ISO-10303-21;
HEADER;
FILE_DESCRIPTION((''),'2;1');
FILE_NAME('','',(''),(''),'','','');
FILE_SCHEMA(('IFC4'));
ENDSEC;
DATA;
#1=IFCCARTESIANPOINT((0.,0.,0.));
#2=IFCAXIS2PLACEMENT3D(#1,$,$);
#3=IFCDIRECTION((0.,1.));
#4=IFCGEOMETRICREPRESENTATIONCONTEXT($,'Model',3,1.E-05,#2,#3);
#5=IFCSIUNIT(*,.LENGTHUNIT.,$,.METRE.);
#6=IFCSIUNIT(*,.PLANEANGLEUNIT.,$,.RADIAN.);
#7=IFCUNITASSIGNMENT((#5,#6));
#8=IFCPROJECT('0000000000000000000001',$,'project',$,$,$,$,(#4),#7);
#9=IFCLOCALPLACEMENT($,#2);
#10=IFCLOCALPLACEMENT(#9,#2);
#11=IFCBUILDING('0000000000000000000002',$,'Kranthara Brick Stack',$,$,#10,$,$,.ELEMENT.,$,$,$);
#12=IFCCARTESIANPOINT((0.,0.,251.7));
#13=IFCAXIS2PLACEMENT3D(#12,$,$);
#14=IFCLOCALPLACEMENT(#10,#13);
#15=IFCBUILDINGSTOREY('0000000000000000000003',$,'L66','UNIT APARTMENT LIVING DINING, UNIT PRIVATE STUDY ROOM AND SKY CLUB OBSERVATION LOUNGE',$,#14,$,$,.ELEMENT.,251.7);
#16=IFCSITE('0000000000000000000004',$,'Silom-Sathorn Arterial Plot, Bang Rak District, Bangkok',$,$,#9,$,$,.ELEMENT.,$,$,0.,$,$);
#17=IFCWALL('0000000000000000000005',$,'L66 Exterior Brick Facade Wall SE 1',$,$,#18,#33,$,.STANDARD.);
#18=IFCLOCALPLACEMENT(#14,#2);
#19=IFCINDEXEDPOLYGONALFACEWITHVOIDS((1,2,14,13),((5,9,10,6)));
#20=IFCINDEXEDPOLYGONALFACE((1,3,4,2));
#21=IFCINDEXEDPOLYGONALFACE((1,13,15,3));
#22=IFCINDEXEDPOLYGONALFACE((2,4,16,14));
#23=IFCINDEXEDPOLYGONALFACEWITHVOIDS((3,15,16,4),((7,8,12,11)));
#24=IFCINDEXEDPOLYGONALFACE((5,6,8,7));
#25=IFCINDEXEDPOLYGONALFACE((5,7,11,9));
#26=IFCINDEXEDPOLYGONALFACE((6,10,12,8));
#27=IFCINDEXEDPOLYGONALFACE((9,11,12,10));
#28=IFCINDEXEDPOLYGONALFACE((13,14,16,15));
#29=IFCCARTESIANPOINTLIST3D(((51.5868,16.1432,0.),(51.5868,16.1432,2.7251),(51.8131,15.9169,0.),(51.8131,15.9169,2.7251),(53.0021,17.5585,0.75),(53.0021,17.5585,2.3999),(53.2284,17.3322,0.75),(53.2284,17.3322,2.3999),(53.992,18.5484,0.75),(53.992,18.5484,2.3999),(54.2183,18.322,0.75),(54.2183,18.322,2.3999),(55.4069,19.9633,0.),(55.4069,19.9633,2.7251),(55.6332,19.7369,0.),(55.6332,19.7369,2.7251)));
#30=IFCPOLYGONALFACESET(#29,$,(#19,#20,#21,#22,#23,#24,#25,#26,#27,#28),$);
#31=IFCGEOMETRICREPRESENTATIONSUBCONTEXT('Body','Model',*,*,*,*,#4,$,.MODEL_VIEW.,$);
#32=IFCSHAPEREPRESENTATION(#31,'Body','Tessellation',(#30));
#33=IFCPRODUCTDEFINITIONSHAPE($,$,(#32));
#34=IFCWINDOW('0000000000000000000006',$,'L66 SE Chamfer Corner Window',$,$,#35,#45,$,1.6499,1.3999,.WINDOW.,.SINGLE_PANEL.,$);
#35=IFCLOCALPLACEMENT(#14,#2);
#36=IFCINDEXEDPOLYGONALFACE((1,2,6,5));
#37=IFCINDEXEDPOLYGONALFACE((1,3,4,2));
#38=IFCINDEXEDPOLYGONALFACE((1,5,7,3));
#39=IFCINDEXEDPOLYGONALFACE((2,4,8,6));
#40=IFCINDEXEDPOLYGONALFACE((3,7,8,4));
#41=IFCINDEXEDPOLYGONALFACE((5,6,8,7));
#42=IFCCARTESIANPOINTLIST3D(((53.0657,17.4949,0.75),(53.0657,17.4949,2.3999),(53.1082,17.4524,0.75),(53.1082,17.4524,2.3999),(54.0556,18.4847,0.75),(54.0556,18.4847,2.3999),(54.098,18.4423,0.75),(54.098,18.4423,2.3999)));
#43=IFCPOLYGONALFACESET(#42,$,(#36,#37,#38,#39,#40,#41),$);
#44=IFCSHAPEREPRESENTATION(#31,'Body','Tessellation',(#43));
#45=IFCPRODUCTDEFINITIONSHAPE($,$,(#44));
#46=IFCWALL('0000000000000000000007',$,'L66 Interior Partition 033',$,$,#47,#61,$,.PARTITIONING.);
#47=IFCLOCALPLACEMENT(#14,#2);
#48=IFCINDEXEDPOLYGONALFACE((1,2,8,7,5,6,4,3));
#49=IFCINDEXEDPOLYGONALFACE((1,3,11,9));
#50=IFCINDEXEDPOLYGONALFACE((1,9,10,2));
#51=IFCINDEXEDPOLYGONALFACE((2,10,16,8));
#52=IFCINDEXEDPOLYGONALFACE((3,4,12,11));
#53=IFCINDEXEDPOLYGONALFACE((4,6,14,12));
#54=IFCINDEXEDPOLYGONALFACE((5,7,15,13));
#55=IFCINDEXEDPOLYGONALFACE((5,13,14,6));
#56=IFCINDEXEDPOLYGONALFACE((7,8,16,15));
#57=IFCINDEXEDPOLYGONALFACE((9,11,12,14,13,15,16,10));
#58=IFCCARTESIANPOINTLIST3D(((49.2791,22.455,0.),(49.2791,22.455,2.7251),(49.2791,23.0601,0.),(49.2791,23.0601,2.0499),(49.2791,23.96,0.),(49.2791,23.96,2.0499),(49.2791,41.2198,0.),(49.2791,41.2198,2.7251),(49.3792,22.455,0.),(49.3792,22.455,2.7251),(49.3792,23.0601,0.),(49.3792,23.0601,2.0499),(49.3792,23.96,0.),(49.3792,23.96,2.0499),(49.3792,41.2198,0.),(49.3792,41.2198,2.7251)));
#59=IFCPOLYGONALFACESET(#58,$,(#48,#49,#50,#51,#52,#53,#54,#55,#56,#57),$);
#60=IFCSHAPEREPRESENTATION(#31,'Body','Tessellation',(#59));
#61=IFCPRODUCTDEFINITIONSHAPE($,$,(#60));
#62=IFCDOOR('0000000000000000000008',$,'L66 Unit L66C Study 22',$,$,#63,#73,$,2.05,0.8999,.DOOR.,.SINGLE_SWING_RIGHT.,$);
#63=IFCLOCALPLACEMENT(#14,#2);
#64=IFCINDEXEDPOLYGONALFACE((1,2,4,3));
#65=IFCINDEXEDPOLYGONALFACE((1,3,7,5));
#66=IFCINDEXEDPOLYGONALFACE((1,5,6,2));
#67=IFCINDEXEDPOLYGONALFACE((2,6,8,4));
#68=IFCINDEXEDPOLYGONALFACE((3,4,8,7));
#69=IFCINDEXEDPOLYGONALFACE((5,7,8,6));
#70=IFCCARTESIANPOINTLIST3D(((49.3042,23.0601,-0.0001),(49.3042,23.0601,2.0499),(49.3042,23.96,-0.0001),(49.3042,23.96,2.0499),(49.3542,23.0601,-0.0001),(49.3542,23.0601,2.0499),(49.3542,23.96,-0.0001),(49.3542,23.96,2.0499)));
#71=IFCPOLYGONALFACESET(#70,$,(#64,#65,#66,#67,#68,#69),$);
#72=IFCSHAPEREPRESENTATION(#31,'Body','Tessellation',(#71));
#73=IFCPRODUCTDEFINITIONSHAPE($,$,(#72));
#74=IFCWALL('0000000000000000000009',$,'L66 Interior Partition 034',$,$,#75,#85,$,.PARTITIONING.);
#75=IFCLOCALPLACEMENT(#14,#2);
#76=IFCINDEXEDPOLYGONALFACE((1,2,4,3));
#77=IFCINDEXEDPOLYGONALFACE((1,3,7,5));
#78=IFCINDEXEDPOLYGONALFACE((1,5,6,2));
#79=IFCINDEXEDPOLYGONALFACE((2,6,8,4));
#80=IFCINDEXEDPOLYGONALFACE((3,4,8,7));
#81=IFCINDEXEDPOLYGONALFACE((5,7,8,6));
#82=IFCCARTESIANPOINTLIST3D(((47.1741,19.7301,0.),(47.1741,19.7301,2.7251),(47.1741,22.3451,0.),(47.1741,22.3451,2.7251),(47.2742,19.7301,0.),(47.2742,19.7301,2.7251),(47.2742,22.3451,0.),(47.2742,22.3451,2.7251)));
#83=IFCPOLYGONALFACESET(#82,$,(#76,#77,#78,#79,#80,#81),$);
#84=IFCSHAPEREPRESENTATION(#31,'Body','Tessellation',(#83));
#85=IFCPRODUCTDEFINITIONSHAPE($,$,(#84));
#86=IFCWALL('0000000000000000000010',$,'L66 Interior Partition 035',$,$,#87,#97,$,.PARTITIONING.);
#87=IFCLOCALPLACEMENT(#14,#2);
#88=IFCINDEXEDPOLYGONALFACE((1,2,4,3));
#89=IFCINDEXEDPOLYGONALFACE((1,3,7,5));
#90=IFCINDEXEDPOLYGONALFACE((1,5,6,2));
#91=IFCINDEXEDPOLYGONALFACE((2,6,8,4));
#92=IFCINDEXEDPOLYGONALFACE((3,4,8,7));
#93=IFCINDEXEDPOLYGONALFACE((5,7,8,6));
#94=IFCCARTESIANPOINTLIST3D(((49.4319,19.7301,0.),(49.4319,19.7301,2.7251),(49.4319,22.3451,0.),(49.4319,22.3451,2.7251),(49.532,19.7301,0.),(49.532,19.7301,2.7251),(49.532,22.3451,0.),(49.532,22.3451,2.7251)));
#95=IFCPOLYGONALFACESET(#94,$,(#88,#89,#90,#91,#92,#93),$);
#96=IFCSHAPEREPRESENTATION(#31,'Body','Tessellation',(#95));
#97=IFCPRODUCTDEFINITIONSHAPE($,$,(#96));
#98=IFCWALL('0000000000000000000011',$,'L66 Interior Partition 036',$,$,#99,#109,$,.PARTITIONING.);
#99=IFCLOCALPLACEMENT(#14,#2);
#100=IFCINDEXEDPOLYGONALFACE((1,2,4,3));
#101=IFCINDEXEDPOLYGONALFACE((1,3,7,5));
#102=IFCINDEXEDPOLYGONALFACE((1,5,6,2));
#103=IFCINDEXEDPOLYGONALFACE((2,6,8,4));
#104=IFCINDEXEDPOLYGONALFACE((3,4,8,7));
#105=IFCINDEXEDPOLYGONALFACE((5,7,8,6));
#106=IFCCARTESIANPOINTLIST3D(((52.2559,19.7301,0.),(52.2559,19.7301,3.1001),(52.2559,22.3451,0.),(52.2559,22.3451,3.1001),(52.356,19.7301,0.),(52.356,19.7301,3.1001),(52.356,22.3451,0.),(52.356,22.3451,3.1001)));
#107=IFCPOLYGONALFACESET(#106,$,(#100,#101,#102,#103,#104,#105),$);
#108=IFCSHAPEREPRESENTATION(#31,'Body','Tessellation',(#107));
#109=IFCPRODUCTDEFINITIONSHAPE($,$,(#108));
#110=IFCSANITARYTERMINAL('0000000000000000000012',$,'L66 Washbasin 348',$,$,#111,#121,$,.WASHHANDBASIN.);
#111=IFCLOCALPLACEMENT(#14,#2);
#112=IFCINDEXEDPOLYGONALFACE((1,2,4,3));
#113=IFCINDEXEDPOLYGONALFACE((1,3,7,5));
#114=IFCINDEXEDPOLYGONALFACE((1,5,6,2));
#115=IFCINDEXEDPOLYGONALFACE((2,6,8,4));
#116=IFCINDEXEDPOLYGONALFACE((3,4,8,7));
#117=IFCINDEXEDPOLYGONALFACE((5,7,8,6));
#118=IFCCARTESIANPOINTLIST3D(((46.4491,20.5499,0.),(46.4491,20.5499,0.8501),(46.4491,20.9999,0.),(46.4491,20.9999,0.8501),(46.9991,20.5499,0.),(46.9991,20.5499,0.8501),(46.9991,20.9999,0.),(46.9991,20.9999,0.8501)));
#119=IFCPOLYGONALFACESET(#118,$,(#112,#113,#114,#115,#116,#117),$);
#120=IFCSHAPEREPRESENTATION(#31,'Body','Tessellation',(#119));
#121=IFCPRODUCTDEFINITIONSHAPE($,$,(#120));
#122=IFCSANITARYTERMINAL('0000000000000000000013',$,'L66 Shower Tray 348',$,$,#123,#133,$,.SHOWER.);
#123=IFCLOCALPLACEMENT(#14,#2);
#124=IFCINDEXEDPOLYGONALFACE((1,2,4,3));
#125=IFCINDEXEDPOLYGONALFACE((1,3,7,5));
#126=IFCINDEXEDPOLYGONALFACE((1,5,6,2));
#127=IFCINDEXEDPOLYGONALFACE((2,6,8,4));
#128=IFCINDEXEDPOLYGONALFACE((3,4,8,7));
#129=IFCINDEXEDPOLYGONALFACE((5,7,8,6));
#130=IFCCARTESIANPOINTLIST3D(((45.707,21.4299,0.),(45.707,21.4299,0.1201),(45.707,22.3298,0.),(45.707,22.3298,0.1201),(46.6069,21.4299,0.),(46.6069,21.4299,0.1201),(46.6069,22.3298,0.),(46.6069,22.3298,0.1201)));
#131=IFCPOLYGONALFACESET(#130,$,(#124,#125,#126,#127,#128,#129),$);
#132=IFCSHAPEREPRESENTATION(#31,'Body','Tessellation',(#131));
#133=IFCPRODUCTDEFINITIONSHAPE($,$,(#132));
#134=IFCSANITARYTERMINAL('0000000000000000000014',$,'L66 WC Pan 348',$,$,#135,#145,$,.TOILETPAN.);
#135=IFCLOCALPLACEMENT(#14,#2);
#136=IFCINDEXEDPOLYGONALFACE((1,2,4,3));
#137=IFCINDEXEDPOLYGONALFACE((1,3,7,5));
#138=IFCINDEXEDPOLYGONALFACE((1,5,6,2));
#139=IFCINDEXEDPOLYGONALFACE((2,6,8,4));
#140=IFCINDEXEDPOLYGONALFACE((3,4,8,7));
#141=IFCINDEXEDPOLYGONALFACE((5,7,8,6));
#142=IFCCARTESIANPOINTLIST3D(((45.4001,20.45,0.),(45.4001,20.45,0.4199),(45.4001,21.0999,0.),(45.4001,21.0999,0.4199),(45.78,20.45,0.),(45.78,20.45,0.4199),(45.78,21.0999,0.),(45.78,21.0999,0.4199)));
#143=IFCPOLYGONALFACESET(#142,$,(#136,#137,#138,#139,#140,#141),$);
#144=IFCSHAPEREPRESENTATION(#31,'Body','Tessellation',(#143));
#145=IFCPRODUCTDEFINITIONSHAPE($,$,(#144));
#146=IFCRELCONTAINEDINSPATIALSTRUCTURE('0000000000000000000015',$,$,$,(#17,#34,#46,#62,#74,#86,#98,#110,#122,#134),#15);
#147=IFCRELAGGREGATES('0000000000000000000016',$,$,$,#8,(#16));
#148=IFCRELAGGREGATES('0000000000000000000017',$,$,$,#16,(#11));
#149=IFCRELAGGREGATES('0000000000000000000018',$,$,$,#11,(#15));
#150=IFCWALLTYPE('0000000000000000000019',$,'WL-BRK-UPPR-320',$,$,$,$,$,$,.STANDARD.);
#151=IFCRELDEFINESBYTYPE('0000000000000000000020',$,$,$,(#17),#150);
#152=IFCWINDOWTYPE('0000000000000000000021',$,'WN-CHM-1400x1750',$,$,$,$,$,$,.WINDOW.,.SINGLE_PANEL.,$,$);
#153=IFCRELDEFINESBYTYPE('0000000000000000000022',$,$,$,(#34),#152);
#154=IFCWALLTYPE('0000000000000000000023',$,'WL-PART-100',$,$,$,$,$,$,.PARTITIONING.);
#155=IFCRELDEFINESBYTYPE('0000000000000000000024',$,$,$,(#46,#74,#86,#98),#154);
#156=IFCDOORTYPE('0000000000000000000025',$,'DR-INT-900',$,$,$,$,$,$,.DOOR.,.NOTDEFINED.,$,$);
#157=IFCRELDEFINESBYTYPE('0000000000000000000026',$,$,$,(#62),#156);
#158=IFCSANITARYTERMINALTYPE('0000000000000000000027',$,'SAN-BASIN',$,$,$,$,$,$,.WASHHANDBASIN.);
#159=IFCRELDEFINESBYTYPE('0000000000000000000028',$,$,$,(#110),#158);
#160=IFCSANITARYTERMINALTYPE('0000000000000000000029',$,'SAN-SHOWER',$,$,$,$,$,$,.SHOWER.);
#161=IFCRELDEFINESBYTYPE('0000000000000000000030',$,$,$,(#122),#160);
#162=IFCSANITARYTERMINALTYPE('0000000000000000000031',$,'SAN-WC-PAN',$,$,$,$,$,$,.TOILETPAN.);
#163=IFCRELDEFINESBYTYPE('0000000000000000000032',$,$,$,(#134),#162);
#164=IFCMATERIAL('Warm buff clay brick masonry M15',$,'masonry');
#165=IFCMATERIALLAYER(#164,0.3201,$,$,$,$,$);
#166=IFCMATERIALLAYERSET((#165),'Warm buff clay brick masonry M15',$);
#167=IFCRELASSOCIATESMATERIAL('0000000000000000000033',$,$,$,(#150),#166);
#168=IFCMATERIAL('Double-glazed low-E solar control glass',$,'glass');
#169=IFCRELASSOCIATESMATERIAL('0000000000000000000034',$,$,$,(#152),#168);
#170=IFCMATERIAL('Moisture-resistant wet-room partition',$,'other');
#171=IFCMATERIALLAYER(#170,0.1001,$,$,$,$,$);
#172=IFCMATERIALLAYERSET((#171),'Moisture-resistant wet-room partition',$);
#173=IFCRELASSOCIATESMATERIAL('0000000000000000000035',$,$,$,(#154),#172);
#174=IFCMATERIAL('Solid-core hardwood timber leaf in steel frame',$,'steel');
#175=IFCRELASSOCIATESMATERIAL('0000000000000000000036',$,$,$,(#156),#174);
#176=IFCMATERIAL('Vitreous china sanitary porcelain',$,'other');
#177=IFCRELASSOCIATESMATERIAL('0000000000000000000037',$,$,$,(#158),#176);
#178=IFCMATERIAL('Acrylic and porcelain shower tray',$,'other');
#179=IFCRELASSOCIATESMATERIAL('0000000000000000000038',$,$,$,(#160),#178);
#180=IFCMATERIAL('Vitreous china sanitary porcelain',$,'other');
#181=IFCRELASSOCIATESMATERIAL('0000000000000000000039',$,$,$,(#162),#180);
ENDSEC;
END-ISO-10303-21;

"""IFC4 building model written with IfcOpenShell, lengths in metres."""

from ifc_helpers import new_model, si_unit, direction, frame, frame_2d, origin, origin_2d, place, context, subcontext, project, spatial, rectangle, extrude, material, layer, layer_set, type_object, element, fill, save


model = new_model("IFC4")

# Units and contexts
model_context = context("Model", 3, precision=1e-05, world=origin(), true_north=direction((0.0, 1.0)))
body_context = subcontext(model_context, "Body", "Model", "MODEL_VIEW")
ifc_project = project(units=[si_unit("LENGTHUNIT", "METRE"), si_unit("PLANEANGLEUNIT", "RADIAN")], contexts=[model_context])

# Site, building, storey
site_placement = place(None, origin())
site = spatial("IfcSite", under=ifc_project, at=site_placement, Name="Silom-Sathorn Arterial Plot, Bang Rak District, Bangkok", CompositionType="ELEMENT", RefElevation=0.0)
building_placement = place(site_placement, origin())
building = spatial("IfcBuilding", under=site, at=building_placement, Name="Kranthara Brick Stack", CompositionType="ELEMENT")
storey_placement = place(building_placement, frame((0.0, 0.0, 251.7)))
storey = spatial("IfcBuildingStorey", under=building, at=storey_placement, Name="L66", Description="UNIT APARTMENT LIVING DINING, UNIT PRIVATE STUDY ROOM AND SKY CLUB OBSERVATION LOUNGE", CompositionType="ELEMENT", Elevation=251.7)

# Shared definitions
ifc_material_1 = material(Name="Warm buff clay brick masonry M15", Category="masonry")
ifc_layer_1 = layer(ifc_material_1, 0.3201)
ifc_layer_set_1 = layer_set([ifc_layer_1], Name="Warm buff clay brick masonry M15")
wall_type_1 = type_object("IfcWallType", Name="WL-BRK-UPPR-320", PredefinedType="STANDARD", material=ifc_layer_set_1)

# Wall, opening, window
wall_1_placement = place(storey_placement, frame((55.52, 19.8501, 0.0), z_axis=(0.0, 0.0, 1.0), x_axis=(-0.707107, -0.707107, 0.0)))
wall_1 = element("IfcWall", 1, at=wall_1_placement, inside=storey, type_object=wall_type_1, Name="L66 Exterior Brick Facade Wall SE 1", PredefinedType="STANDARD", context=body_context, shape_type="SweptSolid", body=[
    extrude(rectangle(XDim=5.4023, YDim=0.3201, at=frame_2d((2.7012, 0.0))), origin(), (0.0, 0.0, 1.0), 2.7251),
])
opening_1_placement = place(wall_1_placement, frame((2.001, 0.0, 0.75)))
opening_1 = element("IfcOpeningElement", 2, at=opening_1_placement, cuts=wall_1, PredefinedType="OPENING", context=body_context, shape_type="SweptSolid", body=[
    extrude(rectangle(XDim=1.3999, YDim=1.6499, at=frame_2d((0.7, 0.825))), frame((0.0, 0.1699, 0.0), z_axis=(0.0, -1.0, 0.0), x_axis=(1.0, 0.0, 0.0)), (0.0, 0.0, 1.0), 0.3401),
])
ifc_material_2 = material(Name="Double-glazed low-E solar control glass", Category="glass")
window_type_1 = type_object("IfcWindowType", Name="WN-CHM-1400x1750", PartitioningType="SINGLE_PANEL", PredefinedType="WINDOW", material=ifc_material_2)
window_1_placement = place(opening_1_placement, origin())
window_1 = element("IfcWindow", 3, at=window_1_placement, inside=storey, type_object=window_type_1, Name="L66 SE Chamfer Corner Window", OverallHeight=1.6499, OverallWidth=1.3999, PartitioningType="SINGLE_PANEL", PredefinedType="WINDOW", context=body_context, shape_type="SweptSolid", body=[
    extrude(rectangle(XDim=1.3999, YDim=1.6499, at=frame_2d((0.7, 0.825))), frame((0.0, -0.01, 0.0), z_axis=(0.0, -1.0, 0.0), x_axis=(1.0, 0.0, 0.0)), (0.0, 0.0, 1.0), 0.0601),
])
fill(opening_1, window_1)

# Wall, opening, door
ifc_material_3 = material(Name="Moisture-resistant wet-room partition", Category="other")
ifc_layer_2 = layer(ifc_material_3, 0.1001)
ifc_layer_set_2 = layer_set([ifc_layer_2], Name="Moisture-resistant wet-room partition")
wall_type_2 = type_object("IfcWallType", Name="WL-PART-100", PredefinedType="PARTITIONING", material=ifc_layer_set_2)
wall_2_placement = place(storey_placement, frame((49.3291, 22.4551, 0.0), z_axis=(0.0, 0.0, 1.0), x_axis=(0.0, 1.0, 0.0)))
wall_2 = element("IfcWall", 4, at=wall_2_placement, inside=storey, type_object=wall_type_2, Name="L66 Interior Partition 033", PredefinedType="PARTITIONING", context=body_context, shape_type="SweptSolid", body=[
    extrude(rectangle(XDim=18.7649, YDim=0.1001, at=frame_2d((9.3823, 0.0))), origin(), (0.0, 0.0, 1.0), 2.7251),
])
opening_2_placement = place(wall_2_placement, frame((0.605, 0.0, 0.0)))
opening_2 = element("IfcOpeningElement", 5, at=opening_2_placement, cuts=wall_2, PredefinedType="OPENING", context=body_context, shape_type="SweptSolid", body=[
    extrude(rectangle(XDim=0.8999, YDim=2.05, at=frame_2d((0.45, 1.0249))), frame((0.0, 0.0601, 0.0), z_axis=(0.0, -1.0, 0.0), x_axis=(1.0, 0.0, 0.0)), (0.0, 0.0, 1.0), 0.1201),
])
ifc_material_4 = material(Name="Solid-core hardwood timber leaf in steel frame", Category="steel")
door_type_1 = type_object("IfcDoorType", Name="DR-INT-900", OperationType="NOTDEFINED", PredefinedType="DOOR", material=ifc_material_4)
door_1_placement = place(opening_2_placement, origin())
door_1 = element("IfcDoor", 6, at=door_1_placement, inside=storey, type_object=door_type_1, Name="L66 Unit L66C Study 22", OperationType="SINGLE_SWING_RIGHT", OverallHeight=2.05, OverallWidth=0.8999, PredefinedType="DOOR", context=body_context, shape_type="SweptSolid", body=[
    extrude(rectangle(XDim=0.8999, YDim=2.05, at=frame_2d((0.45, 1.0249))), frame((0.0, 0.0249, 0.0), z_axis=(0.0, -1.0, 0.0), x_axis=(1.0, 0.0, 0.0)), (0.0, 0.0, 1.0), 0.05),
])
fill(opening_2, door_1)

# Walls
for number, where, z_axis, x_axis, name in (
    (7, (47.2241, 19.73, 0.0), (0.0, 0.0, 1.0), (0.0, 1.0, 0.0), "L66 Interior Partition 034"),
    (8, (49.4819, 19.73, 0.0), (0.0, 0.0, 1.0), (0.0, 1.0, 0.0), "L66 Interior Partition 035"),
):
    element("IfcWall", number, at=place(storey_placement, frame(where, z_axis=z_axis, x_axis=x_axis)), inside=storey, type_object=wall_type_2, Name=name, PredefinedType="PARTITIONING", context=body_context, shape_type="SweptSolid", body=[
        extrude(rectangle(XDim=2.615, YDim=0.1001, at=frame_2d((1.3076, 0.0))), origin(), (0.0, 0.0, 1.0), 2.7251),
    ])
wall_3_placement = place(storey_placement, frame((52.3059, 19.73, 0.0), z_axis=(0.0, 0.0, 1.0), x_axis=(0.0, 1.0, 0.0)))
element("IfcWall", 9, at=wall_3_placement, inside=storey, type_object=wall_type_2, Name="L66 Interior Partition 036", PredefinedType="PARTITIONING", context=body_context, shape_type="SweptSolid", body=[
    extrude(rectangle(XDim=2.615, YDim=0.1001, at=frame_2d((1.3076, 0.0))), origin(), (0.0, 0.0, 1.0), 3.1001),
])

# Sanitary terminals
ifc_material_5 = material(Name="Vitreous china sanitary porcelain", Category="other")
sanitary_terminal_type_1 = type_object("IfcSanitaryTerminalType", Name="SAN-BASIN", PredefinedType="WASHHANDBASIN", material=ifc_material_5)
sanitary_terminal_1_placement = place(storey_placement, frame((46.7241, 20.7749, 0.0), z_axis=(0.0, 0.0, 1.0), x_axis=(1.0, 0.0, 0.0)))
element("IfcSanitaryTerminal", 10, at=sanitary_terminal_1_placement, inside=storey, type_object=sanitary_terminal_type_1, Name="L66 Washbasin 348", PredefinedType="WASHHANDBASIN", context=body_context, shape_type="SweptSolid", body=[
    extrude(rectangle(XDim=0.55, YDim=0.45, at=origin_2d()), origin(), (0.0, 0.0, 1.0), 0.8501),
])
ifc_material_6 = material(Name="Acrylic and porcelain shower tray", Category="other")
sanitary_terminal_type_2 = type_object("IfcSanitaryTerminalType", Name="SAN-SHOWER", PredefinedType="SHOWER", material=ifc_material_6)
sanitary_terminal_2_placement = place(storey_placement, frame((46.157, 21.8799, 0.0), z_axis=(0.0, 0.0, 1.0), x_axis=(1.0, 0.0, 0.0)))
element("IfcSanitaryTerminal", 11, at=sanitary_terminal_2_placement, inside=storey, type_object=sanitary_terminal_type_2, Name="L66 Shower Tray 348", PredefinedType="SHOWER", context=body_context, shape_type="SweptSolid", body=[
    extrude(rectangle(XDim=0.8999, YDim=0.8999, at=origin_2d()), origin(), (0.0, 0.0, 1.0), 0.1201),
])
ifc_material_7 = material(Name="Vitreous china sanitary porcelain", Category="other")
sanitary_terminal_type_3 = type_object("IfcSanitaryTerminalType", Name="SAN-WC-PAN", PredefinedType="TOILETPAN", material=ifc_material_7)
sanitary_terminal_3_placement = place(storey_placement, frame((45.5901, 20.7749, 0.0), z_axis=(0.0, 0.0, 1.0), x_axis=(1.0, 0.0, 0.0)))
element("IfcSanitaryTerminal", 12, at=sanitary_terminal_3_placement, inside=storey, type_object=sanitary_terminal_type_3, Name="L66 WC Pan 348", PredefinedType="TOILETPAN", context=body_context, shape_type="SweptSolid", body=[
    extrude(rectangle(XDim=0.3799, YDim=0.6499, at=origin_2d()), origin(), (0.0, 0.0, 1.0), 0.4199),
])

save(model, "model.ifc")
